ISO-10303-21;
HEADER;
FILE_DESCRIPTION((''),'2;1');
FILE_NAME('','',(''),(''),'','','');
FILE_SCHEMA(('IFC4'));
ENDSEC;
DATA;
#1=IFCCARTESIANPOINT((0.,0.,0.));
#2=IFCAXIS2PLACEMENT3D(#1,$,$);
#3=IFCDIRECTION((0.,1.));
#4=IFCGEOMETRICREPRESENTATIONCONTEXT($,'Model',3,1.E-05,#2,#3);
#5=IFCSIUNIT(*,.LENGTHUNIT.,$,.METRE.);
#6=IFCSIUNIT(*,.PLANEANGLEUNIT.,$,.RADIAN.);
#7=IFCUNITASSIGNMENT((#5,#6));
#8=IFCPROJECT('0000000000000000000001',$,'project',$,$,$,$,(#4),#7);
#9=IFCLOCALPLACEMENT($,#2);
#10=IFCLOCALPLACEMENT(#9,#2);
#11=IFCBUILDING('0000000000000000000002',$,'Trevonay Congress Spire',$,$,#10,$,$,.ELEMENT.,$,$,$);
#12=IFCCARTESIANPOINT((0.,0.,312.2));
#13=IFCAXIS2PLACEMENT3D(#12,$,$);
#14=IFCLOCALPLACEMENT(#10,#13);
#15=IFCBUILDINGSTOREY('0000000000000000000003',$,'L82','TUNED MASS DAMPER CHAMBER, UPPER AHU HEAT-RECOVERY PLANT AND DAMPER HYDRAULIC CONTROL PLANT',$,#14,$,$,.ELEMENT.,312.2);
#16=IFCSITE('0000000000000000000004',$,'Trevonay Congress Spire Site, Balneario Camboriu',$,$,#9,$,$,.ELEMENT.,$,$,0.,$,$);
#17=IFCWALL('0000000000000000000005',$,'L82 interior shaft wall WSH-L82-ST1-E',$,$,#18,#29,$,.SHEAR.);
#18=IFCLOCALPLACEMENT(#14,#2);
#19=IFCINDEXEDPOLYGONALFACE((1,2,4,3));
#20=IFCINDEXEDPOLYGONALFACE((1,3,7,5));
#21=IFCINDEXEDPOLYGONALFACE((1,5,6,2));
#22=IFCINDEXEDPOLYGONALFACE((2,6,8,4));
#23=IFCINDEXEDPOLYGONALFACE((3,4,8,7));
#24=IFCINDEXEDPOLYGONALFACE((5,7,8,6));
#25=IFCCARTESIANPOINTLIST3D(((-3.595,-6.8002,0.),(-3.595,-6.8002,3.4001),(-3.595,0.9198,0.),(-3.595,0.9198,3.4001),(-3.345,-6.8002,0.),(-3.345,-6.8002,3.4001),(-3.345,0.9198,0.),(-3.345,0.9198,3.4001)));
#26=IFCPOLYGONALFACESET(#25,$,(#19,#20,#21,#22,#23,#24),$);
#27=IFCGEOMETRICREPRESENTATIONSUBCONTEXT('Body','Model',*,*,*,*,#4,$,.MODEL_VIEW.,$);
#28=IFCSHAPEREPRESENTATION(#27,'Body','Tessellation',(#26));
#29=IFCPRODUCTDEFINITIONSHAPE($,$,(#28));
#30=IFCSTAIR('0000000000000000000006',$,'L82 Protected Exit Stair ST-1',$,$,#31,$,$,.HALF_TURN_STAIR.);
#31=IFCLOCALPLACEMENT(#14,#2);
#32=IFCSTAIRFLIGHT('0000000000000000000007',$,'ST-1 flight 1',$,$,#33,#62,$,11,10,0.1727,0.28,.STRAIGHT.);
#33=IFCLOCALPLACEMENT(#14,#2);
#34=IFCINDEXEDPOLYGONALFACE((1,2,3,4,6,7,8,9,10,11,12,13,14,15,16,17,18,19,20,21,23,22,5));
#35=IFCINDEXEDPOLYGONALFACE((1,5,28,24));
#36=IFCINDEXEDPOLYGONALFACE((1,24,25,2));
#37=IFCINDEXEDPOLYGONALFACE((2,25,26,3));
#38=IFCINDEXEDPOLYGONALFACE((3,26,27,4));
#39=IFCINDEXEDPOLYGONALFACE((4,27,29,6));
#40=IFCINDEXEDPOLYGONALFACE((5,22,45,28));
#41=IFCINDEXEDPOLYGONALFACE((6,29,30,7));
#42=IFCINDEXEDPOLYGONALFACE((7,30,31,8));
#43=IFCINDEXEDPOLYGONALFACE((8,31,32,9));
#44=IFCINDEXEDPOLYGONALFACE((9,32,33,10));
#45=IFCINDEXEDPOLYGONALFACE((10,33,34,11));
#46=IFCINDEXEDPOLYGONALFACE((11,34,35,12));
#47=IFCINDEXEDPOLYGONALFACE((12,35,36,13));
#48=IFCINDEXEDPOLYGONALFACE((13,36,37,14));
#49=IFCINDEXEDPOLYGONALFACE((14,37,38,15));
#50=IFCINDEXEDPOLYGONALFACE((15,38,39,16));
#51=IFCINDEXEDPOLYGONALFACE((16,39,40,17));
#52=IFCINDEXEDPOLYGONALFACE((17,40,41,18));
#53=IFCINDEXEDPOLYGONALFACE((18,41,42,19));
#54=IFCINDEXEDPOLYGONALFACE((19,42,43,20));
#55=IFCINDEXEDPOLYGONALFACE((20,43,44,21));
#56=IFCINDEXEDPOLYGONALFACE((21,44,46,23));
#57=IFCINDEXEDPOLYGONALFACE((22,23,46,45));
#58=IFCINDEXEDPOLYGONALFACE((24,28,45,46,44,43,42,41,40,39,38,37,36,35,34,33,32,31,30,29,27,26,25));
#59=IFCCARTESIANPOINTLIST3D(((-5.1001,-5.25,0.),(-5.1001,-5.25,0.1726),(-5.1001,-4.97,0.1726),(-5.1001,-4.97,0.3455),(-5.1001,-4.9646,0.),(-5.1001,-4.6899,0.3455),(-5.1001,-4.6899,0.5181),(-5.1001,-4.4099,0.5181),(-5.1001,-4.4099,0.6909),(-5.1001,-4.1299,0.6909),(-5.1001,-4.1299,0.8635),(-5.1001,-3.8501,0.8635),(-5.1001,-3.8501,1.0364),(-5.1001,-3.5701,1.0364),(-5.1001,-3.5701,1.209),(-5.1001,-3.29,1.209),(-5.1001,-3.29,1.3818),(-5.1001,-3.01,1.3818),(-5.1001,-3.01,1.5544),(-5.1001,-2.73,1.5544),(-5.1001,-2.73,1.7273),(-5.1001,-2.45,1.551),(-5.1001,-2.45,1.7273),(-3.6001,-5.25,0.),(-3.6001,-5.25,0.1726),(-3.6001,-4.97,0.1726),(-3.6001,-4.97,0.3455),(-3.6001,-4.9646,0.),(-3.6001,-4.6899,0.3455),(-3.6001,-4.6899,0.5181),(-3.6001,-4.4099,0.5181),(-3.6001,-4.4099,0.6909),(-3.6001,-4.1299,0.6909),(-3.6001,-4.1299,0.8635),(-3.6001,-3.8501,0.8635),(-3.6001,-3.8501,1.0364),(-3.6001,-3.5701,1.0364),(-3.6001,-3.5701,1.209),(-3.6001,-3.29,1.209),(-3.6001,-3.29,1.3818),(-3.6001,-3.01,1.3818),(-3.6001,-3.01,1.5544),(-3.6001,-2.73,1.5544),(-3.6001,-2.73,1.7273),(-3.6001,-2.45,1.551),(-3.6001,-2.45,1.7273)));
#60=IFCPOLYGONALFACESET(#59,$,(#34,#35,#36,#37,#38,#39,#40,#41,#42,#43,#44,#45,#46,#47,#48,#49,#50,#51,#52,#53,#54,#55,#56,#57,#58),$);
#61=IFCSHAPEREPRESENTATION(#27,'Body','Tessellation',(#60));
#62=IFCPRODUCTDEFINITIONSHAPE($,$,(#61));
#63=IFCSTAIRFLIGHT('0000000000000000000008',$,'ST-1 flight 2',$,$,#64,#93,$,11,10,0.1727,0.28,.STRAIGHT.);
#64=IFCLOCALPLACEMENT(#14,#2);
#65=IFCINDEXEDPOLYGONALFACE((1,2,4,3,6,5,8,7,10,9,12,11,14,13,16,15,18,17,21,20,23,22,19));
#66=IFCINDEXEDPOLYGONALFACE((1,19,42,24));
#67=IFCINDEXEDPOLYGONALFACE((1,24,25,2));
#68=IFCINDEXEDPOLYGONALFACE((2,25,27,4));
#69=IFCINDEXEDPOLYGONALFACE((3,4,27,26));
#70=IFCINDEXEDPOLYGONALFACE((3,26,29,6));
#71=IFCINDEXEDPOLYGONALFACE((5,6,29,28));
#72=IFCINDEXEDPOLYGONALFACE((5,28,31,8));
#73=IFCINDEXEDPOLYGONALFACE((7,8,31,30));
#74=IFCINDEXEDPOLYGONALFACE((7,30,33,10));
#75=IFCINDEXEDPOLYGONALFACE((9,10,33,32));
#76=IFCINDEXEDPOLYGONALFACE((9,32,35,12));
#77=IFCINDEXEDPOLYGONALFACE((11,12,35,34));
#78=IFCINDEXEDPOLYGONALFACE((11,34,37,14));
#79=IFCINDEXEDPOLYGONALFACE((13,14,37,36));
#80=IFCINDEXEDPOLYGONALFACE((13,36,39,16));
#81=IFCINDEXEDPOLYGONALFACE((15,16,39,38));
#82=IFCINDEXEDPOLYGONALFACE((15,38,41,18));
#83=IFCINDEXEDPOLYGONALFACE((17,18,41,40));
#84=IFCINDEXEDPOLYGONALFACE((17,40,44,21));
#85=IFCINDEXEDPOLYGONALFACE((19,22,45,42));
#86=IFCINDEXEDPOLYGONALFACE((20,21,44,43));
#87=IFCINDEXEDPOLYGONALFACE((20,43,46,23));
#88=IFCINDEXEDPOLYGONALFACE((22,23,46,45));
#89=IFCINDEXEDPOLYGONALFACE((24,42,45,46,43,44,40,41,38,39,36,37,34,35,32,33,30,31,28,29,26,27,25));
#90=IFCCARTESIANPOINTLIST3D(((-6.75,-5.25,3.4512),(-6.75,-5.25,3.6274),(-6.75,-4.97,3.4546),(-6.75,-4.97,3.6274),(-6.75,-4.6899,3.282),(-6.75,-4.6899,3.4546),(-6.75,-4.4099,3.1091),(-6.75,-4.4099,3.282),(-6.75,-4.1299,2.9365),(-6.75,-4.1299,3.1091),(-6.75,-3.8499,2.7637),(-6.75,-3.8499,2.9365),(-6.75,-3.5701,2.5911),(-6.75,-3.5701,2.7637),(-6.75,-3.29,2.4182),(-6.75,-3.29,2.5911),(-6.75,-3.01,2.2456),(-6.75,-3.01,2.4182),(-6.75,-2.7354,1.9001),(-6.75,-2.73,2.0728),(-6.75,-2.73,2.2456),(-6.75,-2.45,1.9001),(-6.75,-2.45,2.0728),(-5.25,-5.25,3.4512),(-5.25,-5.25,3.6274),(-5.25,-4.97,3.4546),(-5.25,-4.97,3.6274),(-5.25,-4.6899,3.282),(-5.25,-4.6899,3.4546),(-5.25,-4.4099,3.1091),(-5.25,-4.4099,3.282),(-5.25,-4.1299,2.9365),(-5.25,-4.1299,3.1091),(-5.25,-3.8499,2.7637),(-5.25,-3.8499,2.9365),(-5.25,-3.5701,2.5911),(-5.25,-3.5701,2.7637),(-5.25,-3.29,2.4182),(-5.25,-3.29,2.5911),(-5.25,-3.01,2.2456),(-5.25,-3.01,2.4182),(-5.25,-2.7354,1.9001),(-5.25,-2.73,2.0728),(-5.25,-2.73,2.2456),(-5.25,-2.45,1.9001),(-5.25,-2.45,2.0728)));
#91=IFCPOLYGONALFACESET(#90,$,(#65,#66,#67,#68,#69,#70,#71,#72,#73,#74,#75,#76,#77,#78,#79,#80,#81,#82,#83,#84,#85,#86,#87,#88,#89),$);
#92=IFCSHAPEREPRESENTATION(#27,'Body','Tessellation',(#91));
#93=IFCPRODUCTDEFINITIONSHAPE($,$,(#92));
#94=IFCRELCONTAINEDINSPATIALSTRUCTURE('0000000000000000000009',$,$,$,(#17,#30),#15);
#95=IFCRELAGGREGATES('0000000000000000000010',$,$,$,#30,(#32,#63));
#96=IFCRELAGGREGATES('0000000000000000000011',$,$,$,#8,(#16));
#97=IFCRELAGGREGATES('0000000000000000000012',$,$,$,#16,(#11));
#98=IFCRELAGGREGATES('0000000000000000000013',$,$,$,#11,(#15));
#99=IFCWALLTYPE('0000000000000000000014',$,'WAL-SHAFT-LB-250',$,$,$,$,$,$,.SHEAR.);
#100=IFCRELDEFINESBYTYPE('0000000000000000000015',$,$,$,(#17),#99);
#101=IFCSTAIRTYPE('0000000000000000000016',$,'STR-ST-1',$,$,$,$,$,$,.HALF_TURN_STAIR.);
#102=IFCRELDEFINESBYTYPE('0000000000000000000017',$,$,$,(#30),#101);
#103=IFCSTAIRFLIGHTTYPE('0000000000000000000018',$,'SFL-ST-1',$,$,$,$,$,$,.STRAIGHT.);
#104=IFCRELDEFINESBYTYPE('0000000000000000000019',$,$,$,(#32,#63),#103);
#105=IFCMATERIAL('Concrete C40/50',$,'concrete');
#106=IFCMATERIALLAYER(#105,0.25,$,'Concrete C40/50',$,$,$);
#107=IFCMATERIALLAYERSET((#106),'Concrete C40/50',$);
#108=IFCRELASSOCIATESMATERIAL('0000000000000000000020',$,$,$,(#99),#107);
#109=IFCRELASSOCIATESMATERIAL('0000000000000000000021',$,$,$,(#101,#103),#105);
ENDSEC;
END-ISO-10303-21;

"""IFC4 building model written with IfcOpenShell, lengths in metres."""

from ifc_helpers import new_model, si_unit, direction, frame, frame_2d, origin, place, context, subcontext, project, spatial, polyline, rectangle, outline, extrude, material, layer, layer_set, type_object, element, aggregate, save


model = new_model("IFC4")

# Units and contexts
model_context = context("Model", 3, precision=1e-05, world=origin(), true_north=direction((0.0, 1.0)))
body_context = subcontext(model_context, "Body", "Model", "MODEL_VIEW")
ifc_project = project(units=[si_unit("LENGTHUNIT", "METRE"), si_unit("PLANEANGLEUNIT", "RADIAN")], contexts=[model_context])

# Site, building, storey
site_placement = place(None, origin())
site = spatial("IfcSite", under=ifc_project, at=site_placement, Name="Trevonay Congress Spire Site, Balneario Camboriu", CompositionType="ELEMENT", RefElevation=0.0)
building_placement = place(site_placement, origin())
building = spatial("IfcBuilding", under=site, at=building_placement, Name="Trevonay Congress Spire", CompositionType="ELEMENT")
storey_placement = place(building_placement, frame((0.0, 0.0, 312.2)))
storey = spatial("IfcBuildingStorey", under=building, at=storey_placement, Name="L82", Description="TUNED MASS DAMPER CHAMBER, UPPER AHU HEAT-RECOVERY PLANT AND DAMPER HYDRAULIC CONTROL PLANT", CompositionType="ELEMENT", Elevation=312.2)

# Wall
ifc_material_1 = material(Name="Concrete C40/50", Category="concrete")
ifc_layer_1 = layer(ifc_material_1, 0.25, Name="Concrete C40/50")
ifc_layer_set_1 = layer_set([ifc_layer_1], Name="Concrete C40/50")
wall_type_1 = type_object("IfcWallType", Name="WAL-SHAFT-LB-250", PredefinedType="SHEAR", material=ifc_layer_set_1)
wall_1_placement = place(storey_placement, frame((-3.47, -6.8, 0.0), z_axis=(0.0, 0.0, 1.0), x_axis=(0.0, 1.0, 0.0)))
element("IfcWall", 1, at=wall_1_placement, inside=storey, type_object=wall_type_1, Name="L82 interior shaft wall WSH-L82-ST1-E", PredefinedType="SHEAR", context=body_context, shape_type="SweptSolid", body=[
    extrude(rectangle(XDim=7.72, YDim=0.25, at=frame_2d((3.8599, 0.0))), origin(), (0.0, 0.0, 1.0), 3.4001),
])

# Stair, stair flights
stair_type = type_object("IfcStairType", Name="STR-ST-1", PredefinedType="HALF_TURN_STAIR", material=ifc_material_1)
stair_placement = place(storey_placement, origin())
stair = element("IfcStair", 2, at=stair_placement, inside=storey, type_object=stair_type, Name="L82 Protected Exit Stair ST-1", PredefinedType="HALF_TURN_STAIR")
stair_flight_type = type_object("IfcStairFlightType", Name="SFL-ST-1", PredefinedType="STRAIGHT", material=ifc_material_1)
stair_flight_1_placement = place(storey_placement, frame((-4.3501, -5.25, 0.0), z_axis=(0.0, 0.0, 1.0), x_axis=(0.0, 1.0, 0.0)))
stair_flight_1 = element("IfcStairFlight", 3, at=stair_flight_1_placement, type_object=stair_flight_type, Name="ST-1 flight 1", NumberOfRisers=11, NumberOfTreads=10, PredefinedType="STRAIGHT", RiserHeight=0.1727, TreadLength=0.28, context=body_context, shape_type="SweptSolid", body=[
    extrude(outline(polyline([(0.0, 0.0), (0.0, 0.1726), (0.28, 0.1726), (0.28, 0.3455), (0.5601, 0.3455), (0.5601, 0.5181), (0.8401, 0.5181), (0.8401, 0.6909), (1.1201, 0.6909), (1.1201, 0.8635), (1.3999, 0.8635), (1.3999, 1.0364), (1.6799, 1.0364), (1.6799, 1.209), (1.96, 1.209), (1.96, 1.3818), (2.24, 1.3818), (2.24, 1.5544), (2.52, 1.5544), (2.52, 1.7273), (2.8, 1.7273), (2.8, 1.8999), (2.8, 1.551), (0.2854, 0.0), (0.0, 0.0)])), frame((0.0, 0.75, 0.0), z_axis=(0.0, -1.0, 0.0), x_axis=(1.0, 0.0, 0.0)), (0.0, 0.0, 1.0), 1.5),
])
stair_flight_2_placement = place(storey_placement, frame((-6.0, -2.45, 1.9001), z_axis=(0.0, 0.0, 1.0), x_axis=(0.0, -1.0, 0.0)))
stair_flight_2 = element("IfcStairFlight", 4, at=stair_flight_2_placement, type_object=stair_flight_type, Name="ST-1 flight 2", NumberOfRisers=11, NumberOfTreads=10, PredefinedType="STRAIGHT", RiserHeight=0.1727, TreadLength=0.28, context=body_context, shape_type="SweptSolid", body=[
    extrude(outline(polyline([(0.0, 0.0), (0.0, 0.1726), (0.28, 0.1726), (0.28, 0.3455), (0.5601, 0.3455), (0.5601, 0.5181), (0.8401, 0.5181), (0.8401, 0.6909), (1.1201, 0.6909), (1.1201, 0.8635), (1.3999, 0.8635), (1.3999, 1.0364), (1.6799, 1.0364), (1.6799, 1.209), (1.96, 1.209), (1.96, 1.3818), (2.24, 1.3818), (2.24, 1.5544), (2.52, 1.5544), (2.52, 1.7273), (2.8, 1.7273), (2.8, 1.8999), (2.8, 1.551), (0.2854, 0.0), (0.0, 0.0)])), frame((0.0, 0.75, 0.0), z_axis=(0.0, -1.0, 0.0), x_axis=(1.0, 0.0, 0.0)), (0.0, 0.0, 1.0), 1.5),
])
aggregate(stair, [stair_flight_1, stair_flight_2])

save(model, "model.ifc")
